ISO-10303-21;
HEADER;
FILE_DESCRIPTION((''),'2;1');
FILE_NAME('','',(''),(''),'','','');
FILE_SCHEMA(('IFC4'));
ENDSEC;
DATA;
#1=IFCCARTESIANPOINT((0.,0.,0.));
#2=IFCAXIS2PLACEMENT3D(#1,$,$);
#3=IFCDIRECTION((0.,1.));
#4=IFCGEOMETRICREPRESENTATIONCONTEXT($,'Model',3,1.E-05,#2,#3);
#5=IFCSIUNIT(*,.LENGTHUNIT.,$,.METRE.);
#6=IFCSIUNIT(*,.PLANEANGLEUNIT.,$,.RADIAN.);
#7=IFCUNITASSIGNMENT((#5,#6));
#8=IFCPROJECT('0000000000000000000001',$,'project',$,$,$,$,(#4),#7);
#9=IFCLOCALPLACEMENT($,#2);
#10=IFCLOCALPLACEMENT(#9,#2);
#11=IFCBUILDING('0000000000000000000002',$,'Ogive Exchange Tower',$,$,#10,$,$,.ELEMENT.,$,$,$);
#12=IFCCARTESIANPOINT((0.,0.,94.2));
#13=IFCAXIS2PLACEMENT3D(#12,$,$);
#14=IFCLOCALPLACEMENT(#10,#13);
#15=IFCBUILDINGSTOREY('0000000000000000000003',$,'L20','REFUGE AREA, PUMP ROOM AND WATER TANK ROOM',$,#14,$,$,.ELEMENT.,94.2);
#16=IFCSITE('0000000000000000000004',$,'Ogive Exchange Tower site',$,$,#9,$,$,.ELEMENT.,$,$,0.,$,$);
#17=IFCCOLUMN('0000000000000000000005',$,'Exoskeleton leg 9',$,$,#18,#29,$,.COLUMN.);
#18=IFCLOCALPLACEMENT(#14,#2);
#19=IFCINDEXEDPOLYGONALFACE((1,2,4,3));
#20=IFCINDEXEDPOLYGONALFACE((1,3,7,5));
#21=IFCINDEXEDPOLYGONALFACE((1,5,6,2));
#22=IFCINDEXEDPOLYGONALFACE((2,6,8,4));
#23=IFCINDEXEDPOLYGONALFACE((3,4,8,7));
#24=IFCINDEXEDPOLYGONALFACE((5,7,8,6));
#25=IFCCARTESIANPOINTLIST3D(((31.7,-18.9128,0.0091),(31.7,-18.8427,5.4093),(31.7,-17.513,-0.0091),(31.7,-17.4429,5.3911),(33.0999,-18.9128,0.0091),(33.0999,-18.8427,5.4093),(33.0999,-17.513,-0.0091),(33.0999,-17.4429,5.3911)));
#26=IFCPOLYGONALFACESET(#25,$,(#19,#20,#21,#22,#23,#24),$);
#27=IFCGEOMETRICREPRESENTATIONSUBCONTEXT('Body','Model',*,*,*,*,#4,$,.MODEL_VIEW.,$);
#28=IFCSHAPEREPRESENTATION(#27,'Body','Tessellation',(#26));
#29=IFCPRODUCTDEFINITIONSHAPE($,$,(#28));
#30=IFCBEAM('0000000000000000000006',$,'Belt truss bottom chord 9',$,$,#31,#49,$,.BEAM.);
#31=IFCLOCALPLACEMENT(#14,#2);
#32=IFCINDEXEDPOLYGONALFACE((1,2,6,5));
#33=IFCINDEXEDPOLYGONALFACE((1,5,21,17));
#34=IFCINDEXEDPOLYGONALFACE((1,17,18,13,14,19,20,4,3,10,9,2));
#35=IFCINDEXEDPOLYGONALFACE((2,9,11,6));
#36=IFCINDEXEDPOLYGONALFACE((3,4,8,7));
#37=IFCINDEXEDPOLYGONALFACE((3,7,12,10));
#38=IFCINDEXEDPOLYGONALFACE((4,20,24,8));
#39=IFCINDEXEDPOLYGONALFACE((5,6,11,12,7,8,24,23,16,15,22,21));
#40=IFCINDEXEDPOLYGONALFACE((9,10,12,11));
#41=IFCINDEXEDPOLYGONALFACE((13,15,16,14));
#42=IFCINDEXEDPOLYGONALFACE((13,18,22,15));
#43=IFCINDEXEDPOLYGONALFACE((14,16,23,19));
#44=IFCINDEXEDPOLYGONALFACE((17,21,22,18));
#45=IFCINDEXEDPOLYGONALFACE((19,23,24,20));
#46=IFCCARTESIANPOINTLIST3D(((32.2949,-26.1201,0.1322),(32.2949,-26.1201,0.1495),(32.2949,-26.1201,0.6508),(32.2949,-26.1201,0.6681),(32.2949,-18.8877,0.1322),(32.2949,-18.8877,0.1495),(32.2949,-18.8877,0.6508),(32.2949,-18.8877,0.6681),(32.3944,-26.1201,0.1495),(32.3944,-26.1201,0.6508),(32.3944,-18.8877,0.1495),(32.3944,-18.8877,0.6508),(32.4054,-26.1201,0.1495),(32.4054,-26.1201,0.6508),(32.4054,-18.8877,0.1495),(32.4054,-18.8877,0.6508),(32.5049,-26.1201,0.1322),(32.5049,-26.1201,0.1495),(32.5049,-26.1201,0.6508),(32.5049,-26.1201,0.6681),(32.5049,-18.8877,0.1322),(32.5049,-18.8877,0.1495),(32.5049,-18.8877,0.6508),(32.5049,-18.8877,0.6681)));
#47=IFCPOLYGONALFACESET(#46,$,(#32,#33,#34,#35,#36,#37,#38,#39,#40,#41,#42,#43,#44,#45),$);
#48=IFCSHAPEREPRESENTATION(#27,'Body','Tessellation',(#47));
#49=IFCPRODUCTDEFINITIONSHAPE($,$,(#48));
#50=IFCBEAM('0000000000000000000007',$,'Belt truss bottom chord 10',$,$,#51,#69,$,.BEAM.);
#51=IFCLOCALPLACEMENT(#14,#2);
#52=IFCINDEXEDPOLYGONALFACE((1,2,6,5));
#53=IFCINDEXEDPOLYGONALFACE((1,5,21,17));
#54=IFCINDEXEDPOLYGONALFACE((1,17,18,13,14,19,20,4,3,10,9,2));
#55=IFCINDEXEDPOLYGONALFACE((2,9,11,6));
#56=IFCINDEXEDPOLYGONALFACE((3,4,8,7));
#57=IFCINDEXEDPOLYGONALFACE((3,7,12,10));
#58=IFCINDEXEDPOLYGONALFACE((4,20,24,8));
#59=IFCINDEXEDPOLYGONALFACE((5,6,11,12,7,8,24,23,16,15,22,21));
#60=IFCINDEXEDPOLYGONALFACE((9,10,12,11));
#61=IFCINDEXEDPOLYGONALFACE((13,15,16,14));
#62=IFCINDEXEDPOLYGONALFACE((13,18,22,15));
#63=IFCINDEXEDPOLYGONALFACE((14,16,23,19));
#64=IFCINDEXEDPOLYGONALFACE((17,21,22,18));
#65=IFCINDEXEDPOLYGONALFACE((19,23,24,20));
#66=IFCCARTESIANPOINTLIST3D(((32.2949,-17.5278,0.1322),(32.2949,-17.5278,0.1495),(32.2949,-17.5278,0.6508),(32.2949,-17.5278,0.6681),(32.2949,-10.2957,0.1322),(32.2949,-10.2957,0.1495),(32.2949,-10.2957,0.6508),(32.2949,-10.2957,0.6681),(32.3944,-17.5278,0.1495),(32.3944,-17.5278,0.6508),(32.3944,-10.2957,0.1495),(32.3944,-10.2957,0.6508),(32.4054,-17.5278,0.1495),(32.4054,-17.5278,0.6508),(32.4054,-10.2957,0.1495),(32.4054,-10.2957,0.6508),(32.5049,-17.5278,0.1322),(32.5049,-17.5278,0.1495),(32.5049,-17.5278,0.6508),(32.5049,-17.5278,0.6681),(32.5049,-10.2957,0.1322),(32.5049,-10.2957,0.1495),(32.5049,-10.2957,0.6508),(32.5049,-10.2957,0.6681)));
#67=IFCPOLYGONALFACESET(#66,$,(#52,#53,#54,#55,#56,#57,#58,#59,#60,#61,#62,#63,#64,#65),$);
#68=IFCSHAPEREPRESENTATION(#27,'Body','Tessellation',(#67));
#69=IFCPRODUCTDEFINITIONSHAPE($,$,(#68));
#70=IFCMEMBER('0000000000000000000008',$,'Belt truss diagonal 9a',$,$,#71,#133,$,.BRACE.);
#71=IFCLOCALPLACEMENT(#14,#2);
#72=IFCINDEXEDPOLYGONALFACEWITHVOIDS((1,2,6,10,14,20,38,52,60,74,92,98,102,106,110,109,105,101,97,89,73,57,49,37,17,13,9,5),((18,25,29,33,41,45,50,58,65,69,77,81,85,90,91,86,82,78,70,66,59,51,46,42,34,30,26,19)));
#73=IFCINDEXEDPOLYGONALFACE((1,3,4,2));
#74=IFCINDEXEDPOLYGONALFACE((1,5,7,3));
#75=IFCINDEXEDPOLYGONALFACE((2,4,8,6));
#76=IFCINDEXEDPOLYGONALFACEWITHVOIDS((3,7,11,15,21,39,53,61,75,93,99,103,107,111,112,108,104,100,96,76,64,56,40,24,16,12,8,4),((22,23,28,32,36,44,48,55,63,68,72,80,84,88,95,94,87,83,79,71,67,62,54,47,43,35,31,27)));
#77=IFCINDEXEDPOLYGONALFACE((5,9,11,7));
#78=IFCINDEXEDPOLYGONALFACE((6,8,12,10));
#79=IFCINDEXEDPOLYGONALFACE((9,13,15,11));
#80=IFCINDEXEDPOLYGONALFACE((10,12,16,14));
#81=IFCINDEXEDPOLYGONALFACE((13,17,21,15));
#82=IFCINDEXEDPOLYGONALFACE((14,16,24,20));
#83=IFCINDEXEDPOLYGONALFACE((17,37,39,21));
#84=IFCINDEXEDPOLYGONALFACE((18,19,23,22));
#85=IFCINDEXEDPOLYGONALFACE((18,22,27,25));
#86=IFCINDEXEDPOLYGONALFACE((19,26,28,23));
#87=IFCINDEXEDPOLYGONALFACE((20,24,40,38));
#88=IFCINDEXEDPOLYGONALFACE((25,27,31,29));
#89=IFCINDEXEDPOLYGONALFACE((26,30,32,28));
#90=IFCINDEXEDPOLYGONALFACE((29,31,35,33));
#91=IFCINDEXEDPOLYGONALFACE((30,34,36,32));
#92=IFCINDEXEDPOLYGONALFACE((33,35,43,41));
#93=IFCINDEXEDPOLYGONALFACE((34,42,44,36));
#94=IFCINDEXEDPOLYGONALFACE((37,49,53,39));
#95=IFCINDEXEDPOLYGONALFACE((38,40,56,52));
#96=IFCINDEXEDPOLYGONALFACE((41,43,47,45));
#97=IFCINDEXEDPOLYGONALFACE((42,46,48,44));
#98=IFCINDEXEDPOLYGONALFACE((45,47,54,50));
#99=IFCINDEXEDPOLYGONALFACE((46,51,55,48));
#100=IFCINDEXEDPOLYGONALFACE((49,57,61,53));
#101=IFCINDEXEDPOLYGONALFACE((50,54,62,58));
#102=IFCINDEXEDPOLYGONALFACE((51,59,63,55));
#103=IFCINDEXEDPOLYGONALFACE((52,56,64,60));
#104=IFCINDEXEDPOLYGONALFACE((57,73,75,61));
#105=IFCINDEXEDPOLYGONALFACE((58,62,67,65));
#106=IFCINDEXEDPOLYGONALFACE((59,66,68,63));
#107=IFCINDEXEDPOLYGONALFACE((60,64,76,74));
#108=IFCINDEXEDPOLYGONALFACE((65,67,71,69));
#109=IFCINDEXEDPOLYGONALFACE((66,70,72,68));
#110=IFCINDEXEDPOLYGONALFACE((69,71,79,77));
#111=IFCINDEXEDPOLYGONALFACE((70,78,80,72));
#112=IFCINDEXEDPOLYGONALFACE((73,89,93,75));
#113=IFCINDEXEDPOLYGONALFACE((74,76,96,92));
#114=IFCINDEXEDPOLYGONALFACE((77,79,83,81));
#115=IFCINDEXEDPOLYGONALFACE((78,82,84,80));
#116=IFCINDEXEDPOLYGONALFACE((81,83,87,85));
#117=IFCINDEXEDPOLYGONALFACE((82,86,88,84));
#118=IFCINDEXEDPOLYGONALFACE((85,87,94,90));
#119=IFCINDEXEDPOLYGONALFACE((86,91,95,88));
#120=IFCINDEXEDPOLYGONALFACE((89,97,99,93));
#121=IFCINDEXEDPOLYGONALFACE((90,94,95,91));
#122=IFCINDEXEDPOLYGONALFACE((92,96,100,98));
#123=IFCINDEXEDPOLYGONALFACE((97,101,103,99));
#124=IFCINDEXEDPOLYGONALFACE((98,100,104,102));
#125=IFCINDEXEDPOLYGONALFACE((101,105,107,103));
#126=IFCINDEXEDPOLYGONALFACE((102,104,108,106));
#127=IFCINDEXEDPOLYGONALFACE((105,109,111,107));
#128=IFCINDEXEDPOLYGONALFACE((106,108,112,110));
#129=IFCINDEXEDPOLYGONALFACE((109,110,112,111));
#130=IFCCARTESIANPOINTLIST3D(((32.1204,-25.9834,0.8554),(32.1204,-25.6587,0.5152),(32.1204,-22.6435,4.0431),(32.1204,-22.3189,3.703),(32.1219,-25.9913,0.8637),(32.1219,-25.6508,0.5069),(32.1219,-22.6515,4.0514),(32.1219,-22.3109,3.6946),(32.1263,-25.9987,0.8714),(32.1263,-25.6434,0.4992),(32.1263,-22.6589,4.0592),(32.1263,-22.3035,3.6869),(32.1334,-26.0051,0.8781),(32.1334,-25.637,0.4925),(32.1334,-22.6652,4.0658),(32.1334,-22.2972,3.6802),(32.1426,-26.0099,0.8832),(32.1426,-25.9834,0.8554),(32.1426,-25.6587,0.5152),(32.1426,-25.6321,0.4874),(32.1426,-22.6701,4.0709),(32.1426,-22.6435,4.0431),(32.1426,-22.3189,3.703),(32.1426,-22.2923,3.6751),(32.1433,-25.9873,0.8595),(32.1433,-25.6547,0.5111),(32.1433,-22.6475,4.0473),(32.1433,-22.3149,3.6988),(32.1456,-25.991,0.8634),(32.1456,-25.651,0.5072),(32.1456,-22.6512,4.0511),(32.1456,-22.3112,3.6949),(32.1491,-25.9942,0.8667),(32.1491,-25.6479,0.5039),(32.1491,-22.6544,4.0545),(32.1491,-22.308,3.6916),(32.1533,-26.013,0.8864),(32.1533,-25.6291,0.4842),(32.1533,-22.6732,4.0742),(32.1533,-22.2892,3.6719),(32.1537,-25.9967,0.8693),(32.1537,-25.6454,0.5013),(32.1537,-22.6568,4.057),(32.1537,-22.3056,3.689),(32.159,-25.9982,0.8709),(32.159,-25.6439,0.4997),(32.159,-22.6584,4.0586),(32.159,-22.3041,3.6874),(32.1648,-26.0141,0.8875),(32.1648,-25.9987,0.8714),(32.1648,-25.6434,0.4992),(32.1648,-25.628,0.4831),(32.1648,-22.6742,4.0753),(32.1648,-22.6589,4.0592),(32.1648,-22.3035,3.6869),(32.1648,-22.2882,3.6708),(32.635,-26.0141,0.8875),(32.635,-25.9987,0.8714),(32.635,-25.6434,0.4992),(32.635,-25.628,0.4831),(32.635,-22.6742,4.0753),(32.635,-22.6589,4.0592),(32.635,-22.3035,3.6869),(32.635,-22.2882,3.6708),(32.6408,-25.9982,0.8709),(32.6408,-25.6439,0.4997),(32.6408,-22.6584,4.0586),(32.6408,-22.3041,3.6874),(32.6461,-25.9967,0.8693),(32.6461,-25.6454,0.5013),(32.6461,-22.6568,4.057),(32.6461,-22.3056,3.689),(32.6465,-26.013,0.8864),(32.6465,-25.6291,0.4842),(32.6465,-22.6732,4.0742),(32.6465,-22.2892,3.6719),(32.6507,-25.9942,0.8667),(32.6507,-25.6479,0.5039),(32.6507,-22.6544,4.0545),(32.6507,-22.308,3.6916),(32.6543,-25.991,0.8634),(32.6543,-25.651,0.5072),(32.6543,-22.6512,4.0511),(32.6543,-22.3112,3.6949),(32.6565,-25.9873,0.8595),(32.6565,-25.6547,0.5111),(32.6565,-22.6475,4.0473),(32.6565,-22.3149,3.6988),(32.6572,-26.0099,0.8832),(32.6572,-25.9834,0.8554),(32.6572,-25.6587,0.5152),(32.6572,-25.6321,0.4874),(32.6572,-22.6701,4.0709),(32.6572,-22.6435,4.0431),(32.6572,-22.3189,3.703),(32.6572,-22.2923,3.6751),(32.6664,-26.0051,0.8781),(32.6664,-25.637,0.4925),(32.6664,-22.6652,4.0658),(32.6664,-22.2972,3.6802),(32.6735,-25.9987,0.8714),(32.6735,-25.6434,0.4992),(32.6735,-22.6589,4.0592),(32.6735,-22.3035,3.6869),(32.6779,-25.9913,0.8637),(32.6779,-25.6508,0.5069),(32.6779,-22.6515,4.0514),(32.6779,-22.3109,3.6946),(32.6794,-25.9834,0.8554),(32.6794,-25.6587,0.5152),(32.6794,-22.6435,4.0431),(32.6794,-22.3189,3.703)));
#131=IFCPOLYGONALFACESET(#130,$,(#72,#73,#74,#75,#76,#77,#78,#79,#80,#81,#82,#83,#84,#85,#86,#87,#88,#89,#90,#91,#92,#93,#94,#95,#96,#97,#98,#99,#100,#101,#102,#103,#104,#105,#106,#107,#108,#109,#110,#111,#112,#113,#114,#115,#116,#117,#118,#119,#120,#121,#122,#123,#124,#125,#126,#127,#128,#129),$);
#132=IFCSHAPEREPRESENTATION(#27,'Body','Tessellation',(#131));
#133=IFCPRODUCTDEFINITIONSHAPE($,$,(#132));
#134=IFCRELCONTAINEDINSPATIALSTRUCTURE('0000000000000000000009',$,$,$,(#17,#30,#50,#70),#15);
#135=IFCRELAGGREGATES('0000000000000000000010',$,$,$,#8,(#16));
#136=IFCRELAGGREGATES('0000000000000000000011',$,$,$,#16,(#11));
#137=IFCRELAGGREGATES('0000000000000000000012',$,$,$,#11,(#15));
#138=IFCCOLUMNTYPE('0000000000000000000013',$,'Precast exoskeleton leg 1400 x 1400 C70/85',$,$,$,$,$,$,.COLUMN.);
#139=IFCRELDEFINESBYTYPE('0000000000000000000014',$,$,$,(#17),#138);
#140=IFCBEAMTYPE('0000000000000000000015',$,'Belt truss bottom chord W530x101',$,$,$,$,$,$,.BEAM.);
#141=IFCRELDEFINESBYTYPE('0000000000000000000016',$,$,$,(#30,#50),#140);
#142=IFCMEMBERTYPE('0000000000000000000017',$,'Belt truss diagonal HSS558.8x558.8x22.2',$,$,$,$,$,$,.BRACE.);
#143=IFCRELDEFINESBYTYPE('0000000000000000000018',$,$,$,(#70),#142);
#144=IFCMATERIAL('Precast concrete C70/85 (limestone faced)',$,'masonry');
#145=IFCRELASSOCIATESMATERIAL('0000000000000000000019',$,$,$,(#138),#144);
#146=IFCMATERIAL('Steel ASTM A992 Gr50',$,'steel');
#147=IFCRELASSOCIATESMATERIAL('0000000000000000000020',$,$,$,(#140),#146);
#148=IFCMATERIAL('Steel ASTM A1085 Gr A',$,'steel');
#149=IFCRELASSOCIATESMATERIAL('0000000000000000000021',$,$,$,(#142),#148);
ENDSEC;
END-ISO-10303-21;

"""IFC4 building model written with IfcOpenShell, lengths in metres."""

from ifc_helpers import new_model, si_unit, direction, frame, origin, origin_2d, place, context, subcontext, project, spatial, rectangle, hollow_rectangle, i_section, extrude, material, material_profile, profile_set, type_object, element, save


model = new_model("IFC4")

# Units and contexts
model_context = context("Model", 3, precision=1e-05, world=origin(), true_north=direction((0.0, 1.0)))
body_context = subcontext(model_context, "Body", "Model", "MODEL_VIEW")
ifc_project = project(units=[si_unit("LENGTHUNIT", "METRE"), si_unit("PLANEANGLEUNIT", "RADIAN")], contexts=[model_context])

# Site, building, storey
site_placement = place(None, origin())
site = spatial("IfcSite", under=ifc_project, at=site_placement, Name="Ogive Exchange Tower site", CompositionType="ELEMENT", RefElevation=0.0)
building_placement = place(site_placement, origin())
building = spatial("IfcBuilding", under=site, at=building_placement, Name="Ogive Exchange Tower", CompositionType="ELEMENT")
storey_placement = place(building_placement, frame((0.0, 0.0, 94.2)))
storey = spatial("IfcBuildingStorey", under=building, at=storey_placement, Name="L20", Description="REFUGE AREA, PUMP ROOM AND WATER TANK ROOM", CompositionType="ELEMENT", Elevation=94.2)

# Column
ifc_material_1 = material(Name="Precast concrete C70/85 (limestone faced)", Category="masonry")
ifc_material_profile_1 = material_profile(ifc_material_1, rectangle(XDim=1.3999, YDim=1.3999, at=origin_2d()), Name="1400 x 1400")
ifc_profile_set_1 = profile_set([ifc_material_profile_1], Name="Precast concrete C70/85 (limestone faced)")
column_type = type_object("IfcColumnType", Name="Precast exoskeleton leg 1400 x 1400 C70/85", PredefinedType="COLUMN", material=ifc_profile_set_1)
column_placement = place(storey_placement, frame((32.3999, -18.2129, 0.0), z_axis=(0.0, 0.012974, 0.999916), x_axis=(-1.0, 0.0, 0.0)))
element("IfcColumn", 1, at=column_placement, inside=storey, type_object=column_type, Name="Exoskeleton leg 9", PredefinedType="COLUMN", context=body_context, shape_type="SweptSolid", body=[
    extrude(rectangle(XDim=1.3999, YDim=1.3999, at=origin_2d()), origin(), (0.0, 0.0, 1.0), 5.4006),
])

# Beams
ifc_material_2 = material(Name="Steel ASTM A992 Gr50", Category="steel")
ifc_material_profile_2 = material_profile(ifc_material_2, i_section(OverallWidth=0.21, OverallDepth=0.5359, WebThickness=0.011, FlangeThickness=0.0173, at=origin_2d()), Name="W530x101")
ifc_profile_set_2 = profile_set([ifc_material_profile_2], Name="Steel ASTM A992 Gr50")
beam_type_1 = type_object("IfcBeamType", Name="Belt truss bottom chord W530x101", PredefinedType="BEAM", material=ifc_profile_set_2)
beam_1_placement = place(storey_placement, frame((32.3999, -26.1201, 0.4001), z_axis=(0.0, 1.0, 0.0), x_axis=(-1.0, 0.0, 0.0)))
element("IfcBeam", 2, at=beam_1_placement, inside=storey, type_object=beam_type_1, Name="Belt truss bottom chord 9", PredefinedType="BEAM", context=body_context, shape_type="SweptSolid", body=[
    extrude(i_section(OverallWidth=0.21, OverallDepth=0.5359, WebThickness=0.011, FlangeThickness=0.0173, at=origin_2d()), origin(), (0.0, 0.0, 1.0), 7.2324),
])
beam_2_placement = place(storey_placement, frame((32.3999, -17.5278, 0.4001), z_axis=(0.0, 1.0, 0.0), x_axis=(-1.0, 0.0, 0.0)))
element("IfcBeam", 3, at=beam_2_placement, inside=storey, type_object=beam_type_1, Name="Belt truss bottom chord 10", PredefinedType="BEAM", context=body_context, shape_type="SweptSolid", body=[
    extrude(i_section(OverallWidth=0.21, OverallDepth=0.5359, WebThickness=0.011, FlangeThickness=0.0173, at=origin_2d()), origin(), (0.0, 0.0, 1.0), 7.2322),
])

# Member
ifc_material_3 = material(Name="Steel ASTM A1085 Gr A", Category="steel")
ifc_material_profile_3 = material_profile(ifc_material_3, hollow_rectangle(XDim=0.5591, YDim=0.5591, WallThickness=0.0222, InnerFilletRadius=0.0222, OuterFilletRadius=0.0444, at=origin_2d()), Name="HSS558.8x558.8x22.2")
ifc_profile_set_3 = profile_set([ifc_material_profile_3], Name="Steel ASTM A1085 Gr A")
member_type_1 = type_object("IfcMemberType", Name="Belt truss diagonal HSS558.8x558.8x22.2", PredefinedType="BRACE", material=ifc_profile_set_3)
member_1_placement = place(storey_placement, frame((32.3999, -25.821, 0.6853), z_axis=(0.0, 0.723387, 0.690443), x_axis=(-1.0, 0.0, 0.0)))
element("IfcMember", 4, at=member_1_placement, inside=storey, type_object=member_type_1, Name="Belt truss diagonal 9a", PredefinedType="BRACE", context=body_context, shape_type="SweptSolid", body=[
    extrude(hollow_rectangle(XDim=0.5591, YDim=0.5591, WallThickness=0.0222, InnerFilletRadius=0.0222, OuterFilletRadius=0.0444, at=origin_2d()), origin(), (0.0, 0.0, 1.0), 4.6169),
])

save(model, "model.ifc")
